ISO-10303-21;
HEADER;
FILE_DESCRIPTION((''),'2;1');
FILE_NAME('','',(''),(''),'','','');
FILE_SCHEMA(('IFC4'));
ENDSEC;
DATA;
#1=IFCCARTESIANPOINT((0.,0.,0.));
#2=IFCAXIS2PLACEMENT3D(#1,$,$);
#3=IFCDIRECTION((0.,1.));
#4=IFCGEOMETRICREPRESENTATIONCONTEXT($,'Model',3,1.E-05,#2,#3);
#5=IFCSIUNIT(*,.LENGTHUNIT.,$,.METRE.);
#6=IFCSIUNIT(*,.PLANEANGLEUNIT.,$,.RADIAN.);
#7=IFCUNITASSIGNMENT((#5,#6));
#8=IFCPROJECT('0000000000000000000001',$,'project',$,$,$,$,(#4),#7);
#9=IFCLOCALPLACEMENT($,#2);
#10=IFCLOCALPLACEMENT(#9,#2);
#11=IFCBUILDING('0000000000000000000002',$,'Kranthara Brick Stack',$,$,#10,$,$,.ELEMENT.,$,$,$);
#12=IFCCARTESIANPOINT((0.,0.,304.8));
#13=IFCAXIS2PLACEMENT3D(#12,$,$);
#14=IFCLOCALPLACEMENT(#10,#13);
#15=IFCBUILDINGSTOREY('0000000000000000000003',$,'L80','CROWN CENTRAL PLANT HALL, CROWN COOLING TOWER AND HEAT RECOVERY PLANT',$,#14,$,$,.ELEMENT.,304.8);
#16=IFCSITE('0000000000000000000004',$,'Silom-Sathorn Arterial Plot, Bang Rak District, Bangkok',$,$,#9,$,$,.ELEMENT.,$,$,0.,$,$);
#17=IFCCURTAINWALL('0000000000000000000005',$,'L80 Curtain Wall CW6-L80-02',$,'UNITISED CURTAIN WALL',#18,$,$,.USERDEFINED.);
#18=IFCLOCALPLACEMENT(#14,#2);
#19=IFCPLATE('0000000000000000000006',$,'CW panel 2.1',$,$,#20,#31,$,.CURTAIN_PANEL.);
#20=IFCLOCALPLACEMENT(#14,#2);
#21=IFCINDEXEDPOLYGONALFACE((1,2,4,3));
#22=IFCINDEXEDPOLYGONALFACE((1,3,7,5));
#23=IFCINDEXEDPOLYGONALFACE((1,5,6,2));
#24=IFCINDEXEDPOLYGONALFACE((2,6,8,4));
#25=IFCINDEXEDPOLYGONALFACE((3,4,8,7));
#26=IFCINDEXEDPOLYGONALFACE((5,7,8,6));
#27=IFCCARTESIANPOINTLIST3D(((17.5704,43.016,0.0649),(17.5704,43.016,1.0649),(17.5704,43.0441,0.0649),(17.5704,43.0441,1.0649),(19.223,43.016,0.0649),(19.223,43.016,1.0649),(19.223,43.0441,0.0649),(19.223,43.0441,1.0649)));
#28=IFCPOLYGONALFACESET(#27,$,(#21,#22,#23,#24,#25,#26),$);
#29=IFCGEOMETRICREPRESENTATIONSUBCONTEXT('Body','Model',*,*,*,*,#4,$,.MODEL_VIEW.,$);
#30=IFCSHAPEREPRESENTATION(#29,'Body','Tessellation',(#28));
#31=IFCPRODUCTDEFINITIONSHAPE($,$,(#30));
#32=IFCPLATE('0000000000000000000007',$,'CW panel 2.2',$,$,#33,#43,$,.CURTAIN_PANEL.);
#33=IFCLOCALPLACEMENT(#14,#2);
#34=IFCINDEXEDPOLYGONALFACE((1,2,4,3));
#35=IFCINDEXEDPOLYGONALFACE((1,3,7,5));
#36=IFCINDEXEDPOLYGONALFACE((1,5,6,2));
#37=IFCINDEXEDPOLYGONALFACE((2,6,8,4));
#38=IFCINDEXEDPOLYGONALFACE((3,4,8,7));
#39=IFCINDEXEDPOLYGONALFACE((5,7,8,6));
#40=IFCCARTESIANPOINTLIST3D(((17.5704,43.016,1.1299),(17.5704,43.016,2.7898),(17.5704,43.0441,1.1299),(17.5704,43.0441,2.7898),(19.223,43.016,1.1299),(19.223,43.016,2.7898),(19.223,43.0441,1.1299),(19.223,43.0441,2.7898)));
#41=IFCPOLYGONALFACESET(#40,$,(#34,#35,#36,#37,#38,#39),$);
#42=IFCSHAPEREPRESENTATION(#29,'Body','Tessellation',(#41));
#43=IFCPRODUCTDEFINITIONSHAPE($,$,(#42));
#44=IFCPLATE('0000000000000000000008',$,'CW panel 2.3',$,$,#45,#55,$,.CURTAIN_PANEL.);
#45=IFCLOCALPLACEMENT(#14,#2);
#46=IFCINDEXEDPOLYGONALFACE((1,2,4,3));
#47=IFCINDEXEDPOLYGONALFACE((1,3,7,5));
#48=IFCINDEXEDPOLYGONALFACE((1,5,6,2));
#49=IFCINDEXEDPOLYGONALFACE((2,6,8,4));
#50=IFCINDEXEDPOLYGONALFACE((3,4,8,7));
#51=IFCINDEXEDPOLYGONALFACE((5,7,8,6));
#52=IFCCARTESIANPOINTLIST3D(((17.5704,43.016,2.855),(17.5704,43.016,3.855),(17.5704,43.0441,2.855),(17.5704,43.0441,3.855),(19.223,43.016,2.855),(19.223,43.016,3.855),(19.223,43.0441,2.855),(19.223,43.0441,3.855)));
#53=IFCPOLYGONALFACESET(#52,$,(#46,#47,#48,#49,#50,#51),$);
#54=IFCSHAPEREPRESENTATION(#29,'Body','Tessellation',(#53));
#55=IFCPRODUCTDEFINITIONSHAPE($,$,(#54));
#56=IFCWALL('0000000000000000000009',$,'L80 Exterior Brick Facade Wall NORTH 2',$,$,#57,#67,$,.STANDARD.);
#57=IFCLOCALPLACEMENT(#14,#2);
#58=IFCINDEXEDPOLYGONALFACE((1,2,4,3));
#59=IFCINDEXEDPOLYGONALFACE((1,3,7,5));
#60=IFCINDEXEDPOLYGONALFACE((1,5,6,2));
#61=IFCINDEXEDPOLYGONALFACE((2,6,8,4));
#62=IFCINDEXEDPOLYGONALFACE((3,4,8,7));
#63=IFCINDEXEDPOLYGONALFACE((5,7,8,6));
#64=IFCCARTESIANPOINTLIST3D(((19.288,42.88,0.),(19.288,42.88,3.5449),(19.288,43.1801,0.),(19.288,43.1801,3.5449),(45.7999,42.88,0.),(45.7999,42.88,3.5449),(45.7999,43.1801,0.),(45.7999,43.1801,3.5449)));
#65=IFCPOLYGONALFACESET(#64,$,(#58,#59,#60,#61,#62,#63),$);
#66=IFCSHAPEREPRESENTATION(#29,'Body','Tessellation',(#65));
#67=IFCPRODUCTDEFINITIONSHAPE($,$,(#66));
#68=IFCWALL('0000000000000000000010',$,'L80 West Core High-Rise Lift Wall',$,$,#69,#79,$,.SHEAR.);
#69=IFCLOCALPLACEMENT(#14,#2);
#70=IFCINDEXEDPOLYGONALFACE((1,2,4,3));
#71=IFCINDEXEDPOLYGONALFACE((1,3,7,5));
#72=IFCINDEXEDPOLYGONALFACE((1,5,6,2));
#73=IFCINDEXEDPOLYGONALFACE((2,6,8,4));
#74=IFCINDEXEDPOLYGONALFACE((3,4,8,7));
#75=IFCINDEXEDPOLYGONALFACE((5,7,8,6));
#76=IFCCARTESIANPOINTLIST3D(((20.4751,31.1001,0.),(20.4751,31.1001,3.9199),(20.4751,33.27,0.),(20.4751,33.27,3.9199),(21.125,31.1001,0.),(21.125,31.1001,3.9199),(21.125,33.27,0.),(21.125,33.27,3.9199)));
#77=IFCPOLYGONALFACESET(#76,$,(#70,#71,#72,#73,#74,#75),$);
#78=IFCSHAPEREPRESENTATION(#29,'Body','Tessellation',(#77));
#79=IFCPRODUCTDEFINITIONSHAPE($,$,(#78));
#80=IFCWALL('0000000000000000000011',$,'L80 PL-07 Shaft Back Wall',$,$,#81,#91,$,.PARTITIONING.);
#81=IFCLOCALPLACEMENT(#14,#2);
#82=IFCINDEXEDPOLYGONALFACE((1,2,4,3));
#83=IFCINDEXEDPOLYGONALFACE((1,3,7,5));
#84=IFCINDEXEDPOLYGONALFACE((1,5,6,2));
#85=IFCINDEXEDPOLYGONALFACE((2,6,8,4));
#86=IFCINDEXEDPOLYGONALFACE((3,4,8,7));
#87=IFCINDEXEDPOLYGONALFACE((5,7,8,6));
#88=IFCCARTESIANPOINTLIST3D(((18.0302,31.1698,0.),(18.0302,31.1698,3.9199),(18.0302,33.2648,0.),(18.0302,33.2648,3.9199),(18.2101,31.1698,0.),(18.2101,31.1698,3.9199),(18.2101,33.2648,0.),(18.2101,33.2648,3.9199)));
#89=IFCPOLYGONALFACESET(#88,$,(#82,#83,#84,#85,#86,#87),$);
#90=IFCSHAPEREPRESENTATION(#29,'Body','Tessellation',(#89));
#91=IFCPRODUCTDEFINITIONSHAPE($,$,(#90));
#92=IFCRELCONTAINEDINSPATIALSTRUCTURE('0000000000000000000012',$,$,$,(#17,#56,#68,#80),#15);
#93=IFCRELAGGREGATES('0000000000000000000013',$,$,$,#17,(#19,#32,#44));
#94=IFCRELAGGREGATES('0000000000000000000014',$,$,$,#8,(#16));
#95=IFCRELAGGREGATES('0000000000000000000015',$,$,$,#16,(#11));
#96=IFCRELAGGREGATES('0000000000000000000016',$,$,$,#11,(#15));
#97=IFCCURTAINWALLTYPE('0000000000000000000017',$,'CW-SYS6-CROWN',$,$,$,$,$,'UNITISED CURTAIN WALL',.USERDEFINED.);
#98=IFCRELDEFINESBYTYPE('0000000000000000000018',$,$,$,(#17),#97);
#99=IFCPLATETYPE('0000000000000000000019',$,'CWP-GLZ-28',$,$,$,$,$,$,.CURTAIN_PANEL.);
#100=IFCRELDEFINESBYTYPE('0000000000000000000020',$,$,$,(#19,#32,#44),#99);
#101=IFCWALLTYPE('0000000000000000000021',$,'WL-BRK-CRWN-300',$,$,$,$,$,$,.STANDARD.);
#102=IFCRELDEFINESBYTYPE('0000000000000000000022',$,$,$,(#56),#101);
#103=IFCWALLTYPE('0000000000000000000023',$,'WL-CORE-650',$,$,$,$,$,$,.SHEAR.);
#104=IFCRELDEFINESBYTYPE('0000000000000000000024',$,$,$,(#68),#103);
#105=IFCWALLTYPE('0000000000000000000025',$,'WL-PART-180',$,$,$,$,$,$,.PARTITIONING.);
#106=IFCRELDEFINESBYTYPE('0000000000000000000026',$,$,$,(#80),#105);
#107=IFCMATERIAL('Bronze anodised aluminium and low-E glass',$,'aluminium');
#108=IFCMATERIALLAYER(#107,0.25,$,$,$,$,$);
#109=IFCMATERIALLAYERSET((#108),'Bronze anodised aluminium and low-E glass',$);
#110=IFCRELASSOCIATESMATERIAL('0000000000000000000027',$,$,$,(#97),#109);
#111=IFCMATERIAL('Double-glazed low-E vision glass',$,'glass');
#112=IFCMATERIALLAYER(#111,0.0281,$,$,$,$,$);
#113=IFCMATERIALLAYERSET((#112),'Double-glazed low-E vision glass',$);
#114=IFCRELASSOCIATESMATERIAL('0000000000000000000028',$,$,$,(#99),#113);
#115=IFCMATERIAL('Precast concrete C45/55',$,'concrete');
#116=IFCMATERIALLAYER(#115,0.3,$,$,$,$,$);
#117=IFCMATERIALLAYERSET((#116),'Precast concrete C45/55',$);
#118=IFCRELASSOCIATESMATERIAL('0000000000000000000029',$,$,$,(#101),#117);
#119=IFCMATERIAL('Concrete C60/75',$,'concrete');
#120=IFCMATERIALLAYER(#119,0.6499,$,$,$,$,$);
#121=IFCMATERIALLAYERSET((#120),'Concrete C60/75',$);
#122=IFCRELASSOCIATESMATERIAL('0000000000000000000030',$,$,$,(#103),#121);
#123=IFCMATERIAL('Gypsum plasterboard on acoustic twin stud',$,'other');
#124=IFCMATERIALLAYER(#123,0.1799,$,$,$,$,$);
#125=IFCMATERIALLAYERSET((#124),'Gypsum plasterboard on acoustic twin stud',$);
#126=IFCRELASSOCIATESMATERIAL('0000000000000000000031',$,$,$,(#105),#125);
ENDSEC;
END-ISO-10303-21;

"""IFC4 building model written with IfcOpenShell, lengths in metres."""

from ifc_helpers import new_model, si_unit, direction, frame, frame_2d, origin, origin_2d, place, context, subcontext, project, spatial, rectangle, extrude, material, layer, layer_set, type_object, element, aggregate, save


model = new_model("IFC4")

# Units and contexts
model_context = context("Model", 3, precision=1e-05, world=origin(), true_north=direction((0.0, 1.0)))
body_context = subcontext(model_context, "Body", "Model", "MODEL_VIEW")
ifc_project = project(units=[si_unit("LENGTHUNIT", "METRE"), si_unit("PLANEANGLEUNIT", "RADIAN")], contexts=[model_context])

# Site, building, storey
site_placement = place(None, origin())
site = spatial("IfcSite", under=ifc_project, at=site_placement, Name="Silom-Sathorn Arterial Plot, Bang Rak District, Bangkok", CompositionType="ELEMENT", RefElevation=0.0)
building_placement = place(site_placement, origin())
building = spatial("IfcBuilding", under=site, at=building_placement, Name="Kranthara Brick Stack", CompositionType="ELEMENT")
storey_placement = place(building_placement, frame((0.0, 0.0, 304.8)))
storey = spatial("IfcBuildingStorey", under=building, at=storey_placement, Name="L80", Description="CROWN CENTRAL PLANT HALL, CROWN COOLING TOWER AND HEAT RECOVERY PLANT", CompositionType="ELEMENT", Elevation=304.8)

# Curtain wall, plates
ifc_material_1 = material(Name="Bronze anodised aluminium and low-E glass", Category="aluminium")
ifc_layer_1 = layer(ifc_material_1, 0.25)
ifc_layer_set_1 = layer_set([ifc_layer_1], Name="Bronze anodised aluminium and low-E glass")
curtain_wall_type = type_object("IfcCurtainWallType", Name="CW-SYS6-CROWN", ElementType="UNITISED CURTAIN WALL", PredefinedType="USERDEFINED", material=ifc_layer_set_1)
curtain_wall_placement = place(storey_placement, origin())
curtain_wall = element("IfcCurtainWall", 1, at=curtain_wall_placement, inside=storey, type_object=curtain_wall_type, Name="L80 Curtain Wall CW6-L80-02", ObjectType="UNITISED CURTAIN WALL", PredefinedType="USERDEFINED")
ifc_material_2 = material(Name="Double-glazed low-E vision glass", Category="glass")
ifc_layer_2 = layer(ifc_material_2, 0.0281)
ifc_layer_set_2 = layer_set([ifc_layer_2], Name="Double-glazed low-E vision glass")
plate_type = type_object("IfcPlateType", Name="CWP-GLZ-28", PredefinedType="CURTAIN_PANEL", material=ifc_layer_set_2)
plate_1_placement = place(storey_placement, frame((18.3967, 43.03, 0.0649), z_axis=(0.0, 0.0, 1.0), x_axis=(1.0, 0.0, 0.0)))
plate_1 = element("IfcPlate", 2, at=plate_1_placement, type_object=plate_type, Name="CW panel 2.1", PredefinedType="CURTAIN_PANEL", context=body_context, shape_type="SweptSolid", body=[
    extrude(rectangle(XDim=1.6526, YDim=0.0281, at=origin_2d()), origin(), (0.0, 0.0, 1.0), 1.0),
])
plate_2_placement = place(storey_placement, frame((18.3967, 43.03, 1.1299), z_axis=(0.0, 0.0, 1.0), x_axis=(1.0, 0.0, 0.0)))
plate_2 = element("IfcPlate", 3, at=plate_2_placement, type_object=plate_type, Name="CW panel 2.2", PredefinedType="CURTAIN_PANEL", context=body_context, shape_type="SweptSolid", body=[
    extrude(rectangle(XDim=1.6526, YDim=0.0281, at=origin_2d()), origin(), (0.0, 0.0, 1.0), 1.6599),
])
plate_3_placement = place(storey_placement, frame((18.3967, 43.03, 2.855), z_axis=(0.0, 0.0, 1.0), x_axis=(1.0, 0.0, 0.0)))
plate_3 = element("IfcPlate", 4, at=plate_3_placement, type_object=plate_type, Name="CW panel 2.3", PredefinedType="CURTAIN_PANEL", context=body_context, shape_type="SweptSolid", body=[
    extrude(rectangle(XDim=1.6526, YDim=0.0281, at=origin_2d()), origin(), (0.0, 0.0, 1.0), 1.0),
])
aggregate(curtain_wall, [plate_1, plate_2, plate_3])

# Walls
ifc_material_3 = material(Name="Precast concrete C45/55", Category="concrete")
ifc_layer_3 = layer(ifc_material_3, 0.3)
ifc_layer_set_3 = layer_set([ifc_layer_3], Name="Precast concrete C45/55")
wall_type_1 = type_object("IfcWallType", Name="WL-BRK-CRWN-300", PredefinedType="STANDARD", material=ifc_layer_set_3)
wall_1_placement = place(storey_placement, frame((19.2881, 43.03, 0.0), z_axis=(0.0, 0.0, 1.0), x_axis=(1.0, 0.0, 0.0)))
element("IfcWall", 5, at=wall_1_placement, inside=storey, type_object=wall_type_1, Name="L80 Exterior Brick Facade Wall NORTH 2", PredefinedType="STANDARD", context=body_context, shape_type="SweptSolid", body=[
    extrude(rectangle(XDim=26.512, YDim=0.3, at=frame_2d((13.2559, 0.0))), origin(), (0.0, 0.0, 1.0), 3.5449),
])
ifc_material_4 = material(Name="Concrete C60/75", Category="concrete")
ifc_layer_4 = layer(ifc_material_4, 0.6499)
ifc_layer_set_4 = layer_set([ifc_layer_4], Name="Concrete C60/75")
wall_type_2 = type_object("IfcWallType", Name="WL-CORE-650", PredefinedType="SHEAR", material=ifc_layer_set_4)
wall_2_placement = place(storey_placement, frame((20.8, 31.1001, 0.0), z_axis=(0.0, 0.0, 1.0), x_axis=(0.0, 1.0, 0.0)))
element("IfcWall", 6, at=wall_2_placement, inside=storey, type_object=wall_type_2, Name="L80 West Core High-Rise Lift Wall", PredefinedType="SHEAR", context=body_context, shape_type="SweptSolid", body=[
    extrude(rectangle(XDim=2.1699, YDim=0.6499, at=frame_2d((1.085, 0.0))), origin(), (0.0, 0.0, 1.0), 3.9199),
])
ifc_material_5 = material(Name="Gypsum plasterboard on acoustic twin stud", Category="other")
ifc_layer_5 = layer(ifc_material_5, 0.1799)
ifc_layer_set_5 = layer_set([ifc_layer_5], Name="Gypsum plasterboard on acoustic twin stud")
wall_type_3 = type_object("IfcWallType", Name="WL-PART-180", PredefinedType="PARTITIONING", material=ifc_layer_set_5)
wall_3_placement = place(storey_placement, frame((18.1201, 31.1699, 0.0), z_axis=(0.0, 0.0, 1.0), x_axis=(0.0, 1.0, 0.0)))
element("IfcWall", 7, at=wall_3_placement, inside=storey, type_object=wall_type_3, Name="L80 PL-07 Shaft Back Wall", PredefinedType="PARTITIONING", context=body_context, shape_type="SweptSolid", body=[
    extrude(rectangle(XDim=2.095, YDim=0.1799, at=frame_2d((1.0474, 0.0))), origin(), (0.0, 0.0, 1.0), 3.9199),
])

save(model, "model.ifc")
